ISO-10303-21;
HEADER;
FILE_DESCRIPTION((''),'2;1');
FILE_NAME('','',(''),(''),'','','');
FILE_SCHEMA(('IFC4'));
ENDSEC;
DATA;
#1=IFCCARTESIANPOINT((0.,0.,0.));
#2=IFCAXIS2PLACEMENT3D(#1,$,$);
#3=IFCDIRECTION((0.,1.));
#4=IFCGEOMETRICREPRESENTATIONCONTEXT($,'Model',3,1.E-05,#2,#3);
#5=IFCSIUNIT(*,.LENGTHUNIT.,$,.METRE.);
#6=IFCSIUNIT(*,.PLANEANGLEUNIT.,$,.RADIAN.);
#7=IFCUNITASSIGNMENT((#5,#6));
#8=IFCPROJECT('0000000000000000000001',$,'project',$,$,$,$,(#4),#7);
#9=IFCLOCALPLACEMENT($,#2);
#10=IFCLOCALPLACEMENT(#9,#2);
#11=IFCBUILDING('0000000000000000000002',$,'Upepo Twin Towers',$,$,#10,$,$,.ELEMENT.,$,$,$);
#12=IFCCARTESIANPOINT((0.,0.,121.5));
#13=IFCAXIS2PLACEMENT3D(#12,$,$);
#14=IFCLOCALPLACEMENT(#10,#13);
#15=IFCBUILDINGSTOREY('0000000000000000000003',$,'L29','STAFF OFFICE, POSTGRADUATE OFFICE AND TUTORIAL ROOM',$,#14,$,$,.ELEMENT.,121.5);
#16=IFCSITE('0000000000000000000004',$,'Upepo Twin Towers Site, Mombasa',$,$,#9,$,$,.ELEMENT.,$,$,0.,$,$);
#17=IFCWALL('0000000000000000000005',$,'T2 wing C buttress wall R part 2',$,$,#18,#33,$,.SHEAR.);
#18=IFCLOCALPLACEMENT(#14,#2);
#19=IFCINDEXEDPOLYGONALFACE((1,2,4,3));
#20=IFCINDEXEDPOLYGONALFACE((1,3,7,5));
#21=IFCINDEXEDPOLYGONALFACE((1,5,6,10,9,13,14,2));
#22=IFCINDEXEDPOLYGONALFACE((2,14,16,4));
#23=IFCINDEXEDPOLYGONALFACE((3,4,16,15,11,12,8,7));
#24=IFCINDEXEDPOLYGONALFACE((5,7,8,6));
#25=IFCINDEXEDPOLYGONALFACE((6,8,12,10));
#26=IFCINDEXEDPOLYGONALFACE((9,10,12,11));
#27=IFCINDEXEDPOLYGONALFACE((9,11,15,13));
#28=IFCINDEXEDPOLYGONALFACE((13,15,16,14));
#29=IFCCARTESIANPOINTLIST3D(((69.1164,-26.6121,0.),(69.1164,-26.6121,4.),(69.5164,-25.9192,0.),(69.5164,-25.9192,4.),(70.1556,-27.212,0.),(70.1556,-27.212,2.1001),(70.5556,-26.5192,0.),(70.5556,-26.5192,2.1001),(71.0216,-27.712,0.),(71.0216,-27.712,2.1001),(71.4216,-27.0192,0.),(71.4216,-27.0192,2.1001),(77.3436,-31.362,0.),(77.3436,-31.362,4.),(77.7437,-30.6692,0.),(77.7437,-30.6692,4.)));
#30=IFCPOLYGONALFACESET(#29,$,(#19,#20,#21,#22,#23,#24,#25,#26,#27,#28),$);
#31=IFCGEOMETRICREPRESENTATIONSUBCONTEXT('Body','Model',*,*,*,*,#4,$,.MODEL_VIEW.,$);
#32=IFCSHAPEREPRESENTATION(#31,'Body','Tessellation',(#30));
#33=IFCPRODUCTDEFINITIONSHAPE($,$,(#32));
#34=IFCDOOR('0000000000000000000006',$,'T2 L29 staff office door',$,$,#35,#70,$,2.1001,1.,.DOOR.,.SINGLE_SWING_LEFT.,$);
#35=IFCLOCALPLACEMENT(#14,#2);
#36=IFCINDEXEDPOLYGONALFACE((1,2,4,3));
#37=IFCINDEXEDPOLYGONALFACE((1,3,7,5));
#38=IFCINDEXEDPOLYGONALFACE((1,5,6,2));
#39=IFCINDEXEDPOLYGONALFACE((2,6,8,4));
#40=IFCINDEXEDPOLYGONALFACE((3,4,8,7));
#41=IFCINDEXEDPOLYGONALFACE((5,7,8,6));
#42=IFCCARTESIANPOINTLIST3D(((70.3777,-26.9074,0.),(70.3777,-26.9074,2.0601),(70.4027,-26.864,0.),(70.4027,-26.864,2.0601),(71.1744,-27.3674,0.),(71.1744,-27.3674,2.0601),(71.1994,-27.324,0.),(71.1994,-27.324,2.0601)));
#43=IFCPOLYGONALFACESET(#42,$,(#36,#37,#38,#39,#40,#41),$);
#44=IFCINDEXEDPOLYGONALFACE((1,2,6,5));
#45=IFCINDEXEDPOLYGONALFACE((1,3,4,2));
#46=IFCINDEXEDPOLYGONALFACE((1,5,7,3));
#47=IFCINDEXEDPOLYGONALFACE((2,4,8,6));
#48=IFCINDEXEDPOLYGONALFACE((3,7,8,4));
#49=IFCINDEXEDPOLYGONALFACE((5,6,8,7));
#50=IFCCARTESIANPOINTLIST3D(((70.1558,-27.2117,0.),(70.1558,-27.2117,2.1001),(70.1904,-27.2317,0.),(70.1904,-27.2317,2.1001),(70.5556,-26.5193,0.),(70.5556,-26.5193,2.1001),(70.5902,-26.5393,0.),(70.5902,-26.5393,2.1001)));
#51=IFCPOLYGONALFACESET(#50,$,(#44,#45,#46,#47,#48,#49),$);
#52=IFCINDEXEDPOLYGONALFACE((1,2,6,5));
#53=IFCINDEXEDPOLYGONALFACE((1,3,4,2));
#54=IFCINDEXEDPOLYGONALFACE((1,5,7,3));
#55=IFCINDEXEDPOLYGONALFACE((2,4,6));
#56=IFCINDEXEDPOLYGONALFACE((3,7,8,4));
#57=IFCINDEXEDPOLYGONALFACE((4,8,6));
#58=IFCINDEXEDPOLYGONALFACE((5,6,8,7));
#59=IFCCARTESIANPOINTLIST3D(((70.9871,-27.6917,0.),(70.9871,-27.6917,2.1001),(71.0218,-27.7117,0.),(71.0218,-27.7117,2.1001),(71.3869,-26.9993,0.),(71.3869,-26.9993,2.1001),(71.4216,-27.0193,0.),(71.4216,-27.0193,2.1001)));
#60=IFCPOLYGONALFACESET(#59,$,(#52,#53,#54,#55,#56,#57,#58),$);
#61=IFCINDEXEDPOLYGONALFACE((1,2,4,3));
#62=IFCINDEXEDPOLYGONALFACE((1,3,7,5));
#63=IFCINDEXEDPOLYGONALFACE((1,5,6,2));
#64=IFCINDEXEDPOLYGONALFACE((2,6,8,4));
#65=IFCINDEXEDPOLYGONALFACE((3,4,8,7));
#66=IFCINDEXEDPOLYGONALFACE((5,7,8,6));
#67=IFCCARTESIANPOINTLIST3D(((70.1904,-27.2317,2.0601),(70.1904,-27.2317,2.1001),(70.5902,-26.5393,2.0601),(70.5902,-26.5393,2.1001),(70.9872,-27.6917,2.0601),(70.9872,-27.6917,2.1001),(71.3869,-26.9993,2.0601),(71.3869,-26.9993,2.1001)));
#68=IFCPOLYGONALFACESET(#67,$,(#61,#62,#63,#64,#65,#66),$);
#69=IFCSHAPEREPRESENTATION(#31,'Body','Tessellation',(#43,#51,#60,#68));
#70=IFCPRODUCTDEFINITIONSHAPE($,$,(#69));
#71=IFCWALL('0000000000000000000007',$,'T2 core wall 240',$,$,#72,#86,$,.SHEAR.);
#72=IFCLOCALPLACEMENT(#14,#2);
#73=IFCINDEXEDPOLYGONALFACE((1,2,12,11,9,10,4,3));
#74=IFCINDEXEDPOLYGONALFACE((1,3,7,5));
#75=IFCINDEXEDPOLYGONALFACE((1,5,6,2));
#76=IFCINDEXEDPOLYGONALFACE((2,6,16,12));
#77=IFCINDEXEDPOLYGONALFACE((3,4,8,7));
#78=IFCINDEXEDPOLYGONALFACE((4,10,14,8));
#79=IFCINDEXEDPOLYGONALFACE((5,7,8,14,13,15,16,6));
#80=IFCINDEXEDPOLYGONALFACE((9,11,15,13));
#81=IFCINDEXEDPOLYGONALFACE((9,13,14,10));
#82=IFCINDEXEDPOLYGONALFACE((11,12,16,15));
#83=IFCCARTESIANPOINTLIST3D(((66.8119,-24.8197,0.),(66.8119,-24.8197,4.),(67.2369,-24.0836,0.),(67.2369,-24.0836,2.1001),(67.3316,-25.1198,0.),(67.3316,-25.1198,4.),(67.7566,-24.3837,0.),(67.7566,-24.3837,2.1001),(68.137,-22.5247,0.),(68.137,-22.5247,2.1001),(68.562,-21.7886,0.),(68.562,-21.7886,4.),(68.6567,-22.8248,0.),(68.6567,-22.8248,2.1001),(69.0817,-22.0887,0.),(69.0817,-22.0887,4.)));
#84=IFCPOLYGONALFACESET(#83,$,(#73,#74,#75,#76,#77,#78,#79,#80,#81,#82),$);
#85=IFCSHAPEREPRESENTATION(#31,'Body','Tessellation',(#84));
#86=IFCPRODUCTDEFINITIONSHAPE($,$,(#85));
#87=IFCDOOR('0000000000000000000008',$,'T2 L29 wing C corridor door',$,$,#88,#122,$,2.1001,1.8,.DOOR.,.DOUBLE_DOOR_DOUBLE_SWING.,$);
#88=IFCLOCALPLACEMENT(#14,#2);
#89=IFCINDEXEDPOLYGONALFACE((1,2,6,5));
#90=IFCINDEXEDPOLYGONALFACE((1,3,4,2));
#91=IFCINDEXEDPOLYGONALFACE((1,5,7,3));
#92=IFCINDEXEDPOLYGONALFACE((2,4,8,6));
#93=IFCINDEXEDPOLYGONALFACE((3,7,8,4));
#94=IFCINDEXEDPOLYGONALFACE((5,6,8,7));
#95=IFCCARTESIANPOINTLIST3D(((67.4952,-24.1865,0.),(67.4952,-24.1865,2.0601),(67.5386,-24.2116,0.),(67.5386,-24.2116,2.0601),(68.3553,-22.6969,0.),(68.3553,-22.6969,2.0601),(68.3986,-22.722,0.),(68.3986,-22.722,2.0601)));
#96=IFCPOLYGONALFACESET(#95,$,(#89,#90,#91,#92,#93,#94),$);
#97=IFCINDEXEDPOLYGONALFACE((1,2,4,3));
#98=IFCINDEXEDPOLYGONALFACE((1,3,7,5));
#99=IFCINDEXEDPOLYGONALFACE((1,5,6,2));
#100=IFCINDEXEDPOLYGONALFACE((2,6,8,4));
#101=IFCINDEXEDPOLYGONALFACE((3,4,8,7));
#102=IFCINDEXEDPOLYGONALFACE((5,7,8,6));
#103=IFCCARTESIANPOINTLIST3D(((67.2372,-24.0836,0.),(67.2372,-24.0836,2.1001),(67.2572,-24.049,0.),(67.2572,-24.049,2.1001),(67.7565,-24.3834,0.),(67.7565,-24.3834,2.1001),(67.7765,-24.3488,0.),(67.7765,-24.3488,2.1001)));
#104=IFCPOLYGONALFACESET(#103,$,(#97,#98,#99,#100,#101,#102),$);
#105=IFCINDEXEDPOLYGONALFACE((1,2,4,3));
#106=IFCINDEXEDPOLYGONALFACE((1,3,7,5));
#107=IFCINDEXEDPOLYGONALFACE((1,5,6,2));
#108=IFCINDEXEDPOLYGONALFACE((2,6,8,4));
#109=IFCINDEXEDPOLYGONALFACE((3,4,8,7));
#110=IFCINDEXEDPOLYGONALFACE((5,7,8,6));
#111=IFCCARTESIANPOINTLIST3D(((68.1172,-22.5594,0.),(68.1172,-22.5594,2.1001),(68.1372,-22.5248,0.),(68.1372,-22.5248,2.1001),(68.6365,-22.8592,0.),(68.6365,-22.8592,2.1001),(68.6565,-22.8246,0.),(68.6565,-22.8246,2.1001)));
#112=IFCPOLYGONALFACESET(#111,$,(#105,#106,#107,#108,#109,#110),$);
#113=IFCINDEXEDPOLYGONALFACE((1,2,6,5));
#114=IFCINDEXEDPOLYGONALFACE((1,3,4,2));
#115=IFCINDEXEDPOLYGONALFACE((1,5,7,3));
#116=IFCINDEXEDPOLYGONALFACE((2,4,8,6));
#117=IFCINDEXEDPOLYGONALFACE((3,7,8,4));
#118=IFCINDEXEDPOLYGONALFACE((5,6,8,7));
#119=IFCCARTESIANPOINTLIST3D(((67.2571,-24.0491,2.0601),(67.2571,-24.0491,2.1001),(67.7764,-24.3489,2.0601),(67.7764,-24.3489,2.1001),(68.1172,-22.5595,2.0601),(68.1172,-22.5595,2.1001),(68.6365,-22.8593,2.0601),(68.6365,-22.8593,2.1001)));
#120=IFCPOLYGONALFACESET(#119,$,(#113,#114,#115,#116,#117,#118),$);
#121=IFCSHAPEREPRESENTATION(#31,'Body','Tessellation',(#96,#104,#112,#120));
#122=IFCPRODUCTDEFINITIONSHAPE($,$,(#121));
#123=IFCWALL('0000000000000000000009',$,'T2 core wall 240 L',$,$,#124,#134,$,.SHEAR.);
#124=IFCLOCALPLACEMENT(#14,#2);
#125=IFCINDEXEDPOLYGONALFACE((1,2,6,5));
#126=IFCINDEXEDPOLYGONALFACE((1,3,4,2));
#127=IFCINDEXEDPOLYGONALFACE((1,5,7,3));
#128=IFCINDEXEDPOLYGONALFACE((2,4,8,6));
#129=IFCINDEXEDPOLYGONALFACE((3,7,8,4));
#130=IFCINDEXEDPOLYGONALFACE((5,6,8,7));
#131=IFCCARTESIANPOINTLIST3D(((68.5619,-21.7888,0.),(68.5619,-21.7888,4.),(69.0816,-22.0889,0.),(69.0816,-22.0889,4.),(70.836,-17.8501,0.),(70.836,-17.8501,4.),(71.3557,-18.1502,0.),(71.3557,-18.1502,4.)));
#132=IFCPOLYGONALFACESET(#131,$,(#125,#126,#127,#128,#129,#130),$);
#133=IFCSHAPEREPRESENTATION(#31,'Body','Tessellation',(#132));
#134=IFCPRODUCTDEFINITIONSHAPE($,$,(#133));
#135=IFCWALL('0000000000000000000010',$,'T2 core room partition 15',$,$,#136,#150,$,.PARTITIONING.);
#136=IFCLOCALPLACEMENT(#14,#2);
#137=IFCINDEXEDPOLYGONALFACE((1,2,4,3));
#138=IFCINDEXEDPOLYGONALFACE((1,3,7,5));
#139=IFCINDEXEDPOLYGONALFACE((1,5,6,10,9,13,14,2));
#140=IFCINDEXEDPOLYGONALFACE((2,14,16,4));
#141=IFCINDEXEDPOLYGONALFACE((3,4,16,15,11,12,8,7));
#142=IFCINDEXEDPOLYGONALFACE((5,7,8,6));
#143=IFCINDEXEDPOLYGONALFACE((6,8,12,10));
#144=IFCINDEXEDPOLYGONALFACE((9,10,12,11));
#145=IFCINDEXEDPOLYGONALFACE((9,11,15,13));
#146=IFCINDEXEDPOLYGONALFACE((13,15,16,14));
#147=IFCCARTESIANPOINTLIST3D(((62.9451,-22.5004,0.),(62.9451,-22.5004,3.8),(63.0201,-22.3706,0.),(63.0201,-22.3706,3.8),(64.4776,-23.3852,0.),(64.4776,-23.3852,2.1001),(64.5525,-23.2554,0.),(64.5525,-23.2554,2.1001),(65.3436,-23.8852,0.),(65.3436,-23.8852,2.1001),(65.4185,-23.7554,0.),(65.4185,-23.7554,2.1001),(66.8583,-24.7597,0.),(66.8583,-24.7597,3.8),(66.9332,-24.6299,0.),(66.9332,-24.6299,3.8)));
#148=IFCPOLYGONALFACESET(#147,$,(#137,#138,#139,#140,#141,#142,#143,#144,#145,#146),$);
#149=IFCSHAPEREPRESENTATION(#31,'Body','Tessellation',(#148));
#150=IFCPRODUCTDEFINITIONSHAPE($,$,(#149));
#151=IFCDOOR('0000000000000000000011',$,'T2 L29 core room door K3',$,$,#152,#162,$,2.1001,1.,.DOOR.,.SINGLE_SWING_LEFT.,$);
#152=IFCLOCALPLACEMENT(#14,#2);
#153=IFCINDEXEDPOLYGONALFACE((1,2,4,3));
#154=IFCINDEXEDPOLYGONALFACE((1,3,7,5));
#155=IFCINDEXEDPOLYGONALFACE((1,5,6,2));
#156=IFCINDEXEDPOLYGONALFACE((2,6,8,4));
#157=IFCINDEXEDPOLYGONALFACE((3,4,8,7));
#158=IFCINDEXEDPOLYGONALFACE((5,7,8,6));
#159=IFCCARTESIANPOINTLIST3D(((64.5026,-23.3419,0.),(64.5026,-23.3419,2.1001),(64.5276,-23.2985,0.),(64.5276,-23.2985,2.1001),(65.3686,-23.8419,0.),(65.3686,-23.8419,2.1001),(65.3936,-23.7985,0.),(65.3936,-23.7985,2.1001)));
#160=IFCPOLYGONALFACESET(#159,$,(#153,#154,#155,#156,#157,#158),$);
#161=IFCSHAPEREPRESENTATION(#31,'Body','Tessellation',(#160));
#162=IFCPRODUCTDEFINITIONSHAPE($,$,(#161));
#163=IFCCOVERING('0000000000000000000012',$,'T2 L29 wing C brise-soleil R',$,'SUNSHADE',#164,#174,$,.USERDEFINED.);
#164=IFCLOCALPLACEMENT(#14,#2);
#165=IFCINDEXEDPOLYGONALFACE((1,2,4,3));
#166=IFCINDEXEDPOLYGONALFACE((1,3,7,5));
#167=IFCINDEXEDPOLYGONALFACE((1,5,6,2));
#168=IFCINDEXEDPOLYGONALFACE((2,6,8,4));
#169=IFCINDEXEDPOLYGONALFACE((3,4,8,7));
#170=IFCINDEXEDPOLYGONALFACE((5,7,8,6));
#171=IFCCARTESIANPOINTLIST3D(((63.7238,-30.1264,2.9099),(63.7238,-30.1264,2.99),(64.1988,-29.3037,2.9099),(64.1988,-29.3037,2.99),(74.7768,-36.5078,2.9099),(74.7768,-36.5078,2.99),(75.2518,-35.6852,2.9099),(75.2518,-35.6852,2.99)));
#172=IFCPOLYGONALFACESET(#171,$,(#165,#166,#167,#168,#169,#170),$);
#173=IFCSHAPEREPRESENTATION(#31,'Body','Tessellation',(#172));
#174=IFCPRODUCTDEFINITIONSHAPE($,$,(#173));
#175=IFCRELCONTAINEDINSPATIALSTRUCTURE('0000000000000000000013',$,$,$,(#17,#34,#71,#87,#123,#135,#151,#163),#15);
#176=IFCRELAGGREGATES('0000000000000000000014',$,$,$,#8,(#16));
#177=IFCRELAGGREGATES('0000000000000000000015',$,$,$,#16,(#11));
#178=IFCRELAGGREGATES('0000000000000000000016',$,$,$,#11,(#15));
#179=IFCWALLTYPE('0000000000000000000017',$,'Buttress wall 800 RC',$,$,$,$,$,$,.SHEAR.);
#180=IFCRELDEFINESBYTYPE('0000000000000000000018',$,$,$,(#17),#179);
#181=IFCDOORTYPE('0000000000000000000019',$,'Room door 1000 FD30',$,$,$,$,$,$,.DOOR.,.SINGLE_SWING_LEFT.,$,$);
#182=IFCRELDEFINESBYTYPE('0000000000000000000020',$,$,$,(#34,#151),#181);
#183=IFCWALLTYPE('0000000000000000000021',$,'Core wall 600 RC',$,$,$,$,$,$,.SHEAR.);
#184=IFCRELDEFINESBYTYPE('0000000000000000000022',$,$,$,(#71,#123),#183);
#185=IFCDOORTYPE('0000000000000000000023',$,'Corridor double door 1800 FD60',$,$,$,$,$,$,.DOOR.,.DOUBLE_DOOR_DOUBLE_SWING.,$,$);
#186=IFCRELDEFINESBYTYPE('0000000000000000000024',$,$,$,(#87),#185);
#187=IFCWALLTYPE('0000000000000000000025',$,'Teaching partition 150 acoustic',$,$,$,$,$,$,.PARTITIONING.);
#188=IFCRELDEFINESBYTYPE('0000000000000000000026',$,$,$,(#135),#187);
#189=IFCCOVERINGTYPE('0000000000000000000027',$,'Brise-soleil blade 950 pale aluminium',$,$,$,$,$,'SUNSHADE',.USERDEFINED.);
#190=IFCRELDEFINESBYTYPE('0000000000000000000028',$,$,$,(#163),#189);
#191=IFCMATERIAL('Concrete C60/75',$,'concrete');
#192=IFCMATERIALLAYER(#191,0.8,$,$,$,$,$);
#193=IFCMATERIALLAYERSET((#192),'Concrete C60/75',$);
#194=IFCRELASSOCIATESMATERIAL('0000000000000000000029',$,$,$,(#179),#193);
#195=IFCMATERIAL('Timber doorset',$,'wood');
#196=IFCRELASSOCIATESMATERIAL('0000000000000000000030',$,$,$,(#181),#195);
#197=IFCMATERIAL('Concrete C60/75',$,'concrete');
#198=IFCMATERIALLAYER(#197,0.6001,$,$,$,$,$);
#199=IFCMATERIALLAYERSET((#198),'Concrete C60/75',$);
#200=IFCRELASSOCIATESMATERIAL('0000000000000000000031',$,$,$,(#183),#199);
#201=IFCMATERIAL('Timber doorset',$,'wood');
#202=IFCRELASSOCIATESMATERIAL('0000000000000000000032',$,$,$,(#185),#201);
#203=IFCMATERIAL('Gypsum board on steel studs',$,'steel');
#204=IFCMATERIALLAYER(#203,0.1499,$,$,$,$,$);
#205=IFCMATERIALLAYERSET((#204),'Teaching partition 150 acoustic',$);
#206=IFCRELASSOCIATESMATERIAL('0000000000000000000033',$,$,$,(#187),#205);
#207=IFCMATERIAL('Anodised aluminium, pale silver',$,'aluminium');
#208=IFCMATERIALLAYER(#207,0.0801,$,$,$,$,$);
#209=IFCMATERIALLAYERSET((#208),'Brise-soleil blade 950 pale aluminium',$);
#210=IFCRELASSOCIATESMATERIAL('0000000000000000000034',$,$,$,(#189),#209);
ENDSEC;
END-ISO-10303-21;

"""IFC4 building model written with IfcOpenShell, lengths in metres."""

from ifc_helpers import new_model, si_unit, direction, frame, frame_2d, origin, origin_2d, place, context, subcontext, project, spatial, rectangle, extrude, material, layer, layer_set, type_object, element, fill, save


model = new_model("IFC4")

# Units and contexts
model_context = context("Model", 3, precision=1e-05, world=origin(), true_north=direction((0.0, 1.0)))
body_context = subcontext(model_context, "Body", "Model", "MODEL_VIEW")
ifc_project = project(units=[si_unit("LENGTHUNIT", "METRE"), si_unit("PLANEANGLEUNIT", "RADIAN")], contexts=[model_context])

# Site, building, storey
site_placement = place(None, origin())
site = spatial("IfcSite", under=ifc_project, at=site_placement, Name="Upepo Twin Towers Site, Mombasa", CompositionType="ELEMENT", RefElevation=0.0)
building_placement = place(site_placement, origin())
building = spatial("IfcBuilding", under=site, at=building_placement, Name="Upepo Twin Towers", CompositionType="ELEMENT")
storey_placement = place(building_placement, frame((0.0, 0.0, 121.5)))
storey = spatial("IfcBuildingStorey", under=building, at=storey_placement, Name="L29", Description="STAFF OFFICE, POSTGRADUATE OFFICE AND TUTORIAL ROOM", CompositionType="ELEMENT", Elevation=121.5)

# Walls, openings, doors
ifc_material_1 = material(Name="Concrete C60/75", Category="concrete")
ifc_layer_1 = layer(ifc_material_1, 0.8)
ifc_layer_set_1 = layer_set([ifc_layer_1], Name="Concrete C60/75")
wall_type_1 = type_object("IfcWallType", Name="Buttress wall 800 RC", PredefinedType="SHEAR", material=ifc_layer_set_1)
ifc_material_2 = material(Name="Timber doorset", Category="wood")
door_type_1 = type_object("IfcDoorType", Name="Room door 1000 FD30", OperationType="SINGLE_SWING_LEFT", PredefinedType="DOOR", material=ifc_material_2)
wall_1_placement = place(storey_placement, frame((69.3164, -26.2656, 0.0), z_axis=(0.0, 0.0, 1.0), x_axis=(0.866027, -0.499998, 0.0)))
wall_1 = element("IfcWall", 1, at=wall_1_placement, inside=storey, type_object=wall_type_1, Name="T2 wing C buttress wall R part 2", PredefinedType="SHEAR", context=body_context, shape_type="SweptSolid", body=[
    extrude(rectangle(XDim=9.5, YDim=0.8, at=frame_2d((4.75, 0.0))), origin(), (0.0, 0.0, 1.0), 4.0),
])
opening_1_placement = place(wall_1_placement, frame((1.2, 0.0, 0.0)))
opening_1 = element("IfcOpeningElement", 2, at=opening_1_placement, cuts=wall_1, PredefinedType="OPENING", context=body_context, shape_type="SweptSolid", body=[
    extrude(rectangle(XDim=1.0, YDim=2.1001, at=frame_2d((0.5, 1.05))), frame((0.0, 0.4099, 0.0), z_axis=(0.0, -1.0, 0.0), x_axis=(1.0, 0.0, 0.0)), (0.0, 0.0, 1.0), 0.8201),
])
door_1_placement = place(opening_1_placement, origin())
door_1 = element("IfcDoor", 3, at=door_1_placement, inside=storey, type_object=door_type_1, Name="T2 L29 staff office door", OperationType="SINGLE_SWING_LEFT", OverallHeight=2.1001, OverallWidth=1.0, PredefinedType="DOOR", context=body_context, shape_type="SweptSolid", body=[
    extrude(rectangle(XDim=0.92, YDim=2.0601, at=frame_2d((0.5, 1.03))), frame((0.0, 0.0249, 0.0), z_axis=(0.0, -1.0, 0.0), x_axis=(1.0, 0.0, 0.0)), (0.0, 0.0, 1.0), 0.05),
    extrude(rectangle(XDim=0.04, YDim=2.1001, at=frame_2d((0.02, 1.05))), frame((0.0, 0.3999, 0.0), z_axis=(0.0, -1.0, 0.0), x_axis=(1.0, 0.0, 0.0)), (0.0, 0.0, 1.0), 0.7996),
    extrude(rectangle(XDim=0.04, YDim=2.1001, at=frame_2d((0.98, 1.05))), frame((0.0, 0.3999, 0.0), z_axis=(0.0, -1.0, 0.0), x_axis=(1.0, 0.0, 0.0)), (0.0, 0.0, 1.0), 0.7996),
    extrude(rectangle(XDim=0.92, YDim=0.04, at=frame_2d((0.5, 2.0801))), frame((0.0, 0.3999, 0.0), z_axis=(0.0, -1.0, 0.0), x_axis=(1.0, 0.0, 0.0)), (0.0, 0.0, 1.0), 0.7996),
])
fill(opening_1, door_1)
ifc_material_3 = material(Name="Concrete C60/75", Category="concrete")
ifc_layer_2 = layer(ifc_material_3, 0.6001)
ifc_layer_set_2 = layer_set([ifc_layer_2], Name="Concrete C60/75")
wall_type_2 = type_object("IfcWallType", Name="Core wall 600 RC", PredefinedType="SHEAR", material=ifc_layer_set_2)
wall_2_placement = place(storey_placement, frame((67.0718, -24.9697, 0.0), z_axis=(0.0, 0.0, 1.0), x_axis=(0.50001, 0.866019, 0.0)))
wall_2 = element("IfcWall", 4, at=wall_2_placement, inside=storey, type_object=wall_type_2, Name="T2 core wall 240", PredefinedType="SHEAR", context=body_context, shape_type="SweptSolid", body=[
    extrude(rectangle(XDim=3.5, YDim=0.6001, at=frame_2d((1.75, 0.0))), origin(), (0.0, 0.0, 1.0), 4.0),
])
opening_2_placement = place(wall_2_placement, frame((0.8501, 0.0, 0.0)))
opening_2 = element("IfcOpeningElement", 5, at=opening_2_placement, cuts=wall_2, PredefinedType="OPENING", context=body_context, shape_type="SweptSolid", body=[
    extrude(rectangle(XDim=1.8, YDim=2.1001, at=frame_2d((0.8999, 1.05))), frame((0.0, 0.3101, 0.0), z_axis=(0.0, -1.0, 0.0), x_axis=(1.0, 0.0, 0.0)), (0.0, 0.0, 1.0), 0.6201),
])
ifc_material_4 = material(Name="Timber doorset", Category="wood")
door_type_2 = type_object("IfcDoorType", Name="Corridor double door 1800 FD60", OperationType="DOUBLE_DOOR_DOUBLE_SWING", PredefinedType="DOOR", material=ifc_material_4)
door_2_placement = place(opening_2_placement, origin())
door_2 = element("IfcDoor", 6, at=door_2_placement, inside=storey, type_object=door_type_2, Name="T2 L29 wing C corridor door", OperationType="DOUBLE_DOOR_DOUBLE_SWING", OverallHeight=2.1001, OverallWidth=1.8, PredefinedType="DOOR", context=body_context, shape_type="SweptSolid", body=[
    extrude(rectangle(XDim=1.72, YDim=2.0601, at=frame_2d((0.8999, 1.03))), frame((0.0, 0.0249, 0.0), z_axis=(0.0, -1.0, 0.0), x_axis=(1.0, 0.0, 0.0)), (0.0, 0.0, 1.0), 0.05),
    extrude(rectangle(XDim=0.04, YDim=2.1001, at=frame_2d((0.02, 1.05))), frame((0.0, 0.2998, 0.0), z_axis=(0.0, -1.0, 0.0), x_axis=(1.0, 0.0, 0.0)), (0.0, 0.0, 1.0), 0.5996),
    extrude(rectangle(XDim=0.04, YDim=2.1001, at=frame_2d((1.78, 1.05))), frame((0.0, 0.2998, 0.0), z_axis=(0.0, -1.0, 0.0), x_axis=(1.0, 0.0, 0.0)), (0.0, 0.0, 1.0), 0.5996),
    extrude(rectangle(XDim=1.72, YDim=0.04, at=frame_2d((0.8999, 2.0801))), frame((0.0, 0.2998, 0.0), z_axis=(0.0, -1.0, 0.0), x_axis=(1.0, 0.0, 0.0)), (0.0, 0.0, 1.0), 0.5996),
])
fill(opening_2, door_2)

# Wall
wall_3_placement = place(storey_placement, frame((68.8218, -21.9387, 0.0), z_axis=(0.0, 0.0, 1.0), x_axis=(0.500024, 0.866011, 0.0)))
element("IfcWall", 7, at=wall_3_placement, inside=storey, type_object=wall_type_2, Name="T2 core wall 240 L", PredefinedType="SHEAR", context=body_context, shape_type="SweptSolid", body=[
    extrude(rectangle(XDim=4.5481, YDim=0.6001, at=frame_2d((2.2739, 0.0))), origin(), (0.0, 0.0, 1.0), 4.0),
])

# Wall, opening, door
ifc_material_5 = material(Name="Gypsum board on steel studs", Category="steel")
ifc_layer_3 = layer(ifc_material_5, 0.1499)
ifc_layer_set_3 = layer_set([ifc_layer_3], Name="Teaching partition 150 acoustic")
wall_type_3 = type_object("IfcWallType", Name="Teaching partition 150 acoustic", PredefinedType="PARTITIONING", material=ifc_layer_set_3)
wall_4_placement = place(storey_placement, frame((66.8958, -24.6948, 0.0), z_axis=(0.0, 0.0, 1.0), x_axis=(-0.86602, 0.500009, 0.0)))
wall_4 = element("IfcWall", 8, at=wall_4_placement, inside=storey, type_object=wall_type_3, Name="T2 core room partition 15", PredefinedType="PARTITIONING", context=body_context, shape_type="SweptSolid", body=[
    extrude(rectangle(XDim=4.5186, YDim=0.1499, at=frame_2d((2.2593, 0.0))), origin(), (0.0, 0.0, 1.0), 3.8),
])
opening_3_placement = place(wall_4_placement, frame((1.749, 0.0, 0.0)))
opening_3 = element("IfcOpeningElement", 9, at=opening_3_placement, cuts=wall_4, PredefinedType="OPENING", context=body_context, shape_type="SweptSolid", body=[
    extrude(rectangle(XDim=1.0, YDim=2.1001, at=frame_2d((0.5, 1.05))), frame((0.0, 0.085, 0.0), z_axis=(0.0, -1.0, 0.0), x_axis=(1.0, 0.0, 0.0)), (0.0, 0.0, 1.0), 0.1699),
])
door_3_placement = place(opening_3_placement, origin())
door_3 = element("IfcDoor", 10, at=door_3_placement, inside=storey, type_object=door_type_1, Name="T2 L29 core room door K3", OperationType="SINGLE_SWING_LEFT", OverallHeight=2.1001, OverallWidth=1.0, PredefinedType="DOOR", context=body_context, shape_type="SweptSolid", body=[
    extrude(rectangle(XDim=1.0, YDim=2.1001, at=frame_2d((0.5, 1.05))), frame((0.0, 0.0249, 0.0), z_axis=(0.0, -1.0, 0.0), x_axis=(1.0, 0.0, 0.0)), (0.0, 0.0, 1.0), 0.05),
])
fill(opening_3, door_3)

# Covering
ifc_material_6 = material(Name="Anodised aluminium, pale silver", Category="aluminium")
ifc_layer_4 = layer(ifc_material_6, 0.0801)
ifc_layer_set_4 = layer_set([ifc_layer_4], Name="Brise-soleil blade 950 pale aluminium")
covering_type = type_object("IfcCoveringType", Name="Brise-soleil blade 950 pale aluminium", ElementType="SUNSHADE", PredefinedType="USERDEFINED", material=ifc_layer_set_4)
covering_placement = place(storey_placement, frame((69.4878, -32.9058, 2.9099), z_axis=(0.0, 0.0, 1.0), x_axis=(0.866025, -0.5, 0.0)))
element("IfcCovering", 11, at=covering_placement, inside=storey, type_object=covering_type, Name="T2 L29 wing C brise-soleil R", ObjectType="SUNSHADE", PredefinedType="USERDEFINED", context=body_context, shape_type="SweptSolid", body=[
    extrude(rectangle(XDim=12.7629, YDim=0.95, at=origin_2d()), origin(), (0.0, 0.0, 1.0), 0.0801),
])

save(model, "model.ifc")
